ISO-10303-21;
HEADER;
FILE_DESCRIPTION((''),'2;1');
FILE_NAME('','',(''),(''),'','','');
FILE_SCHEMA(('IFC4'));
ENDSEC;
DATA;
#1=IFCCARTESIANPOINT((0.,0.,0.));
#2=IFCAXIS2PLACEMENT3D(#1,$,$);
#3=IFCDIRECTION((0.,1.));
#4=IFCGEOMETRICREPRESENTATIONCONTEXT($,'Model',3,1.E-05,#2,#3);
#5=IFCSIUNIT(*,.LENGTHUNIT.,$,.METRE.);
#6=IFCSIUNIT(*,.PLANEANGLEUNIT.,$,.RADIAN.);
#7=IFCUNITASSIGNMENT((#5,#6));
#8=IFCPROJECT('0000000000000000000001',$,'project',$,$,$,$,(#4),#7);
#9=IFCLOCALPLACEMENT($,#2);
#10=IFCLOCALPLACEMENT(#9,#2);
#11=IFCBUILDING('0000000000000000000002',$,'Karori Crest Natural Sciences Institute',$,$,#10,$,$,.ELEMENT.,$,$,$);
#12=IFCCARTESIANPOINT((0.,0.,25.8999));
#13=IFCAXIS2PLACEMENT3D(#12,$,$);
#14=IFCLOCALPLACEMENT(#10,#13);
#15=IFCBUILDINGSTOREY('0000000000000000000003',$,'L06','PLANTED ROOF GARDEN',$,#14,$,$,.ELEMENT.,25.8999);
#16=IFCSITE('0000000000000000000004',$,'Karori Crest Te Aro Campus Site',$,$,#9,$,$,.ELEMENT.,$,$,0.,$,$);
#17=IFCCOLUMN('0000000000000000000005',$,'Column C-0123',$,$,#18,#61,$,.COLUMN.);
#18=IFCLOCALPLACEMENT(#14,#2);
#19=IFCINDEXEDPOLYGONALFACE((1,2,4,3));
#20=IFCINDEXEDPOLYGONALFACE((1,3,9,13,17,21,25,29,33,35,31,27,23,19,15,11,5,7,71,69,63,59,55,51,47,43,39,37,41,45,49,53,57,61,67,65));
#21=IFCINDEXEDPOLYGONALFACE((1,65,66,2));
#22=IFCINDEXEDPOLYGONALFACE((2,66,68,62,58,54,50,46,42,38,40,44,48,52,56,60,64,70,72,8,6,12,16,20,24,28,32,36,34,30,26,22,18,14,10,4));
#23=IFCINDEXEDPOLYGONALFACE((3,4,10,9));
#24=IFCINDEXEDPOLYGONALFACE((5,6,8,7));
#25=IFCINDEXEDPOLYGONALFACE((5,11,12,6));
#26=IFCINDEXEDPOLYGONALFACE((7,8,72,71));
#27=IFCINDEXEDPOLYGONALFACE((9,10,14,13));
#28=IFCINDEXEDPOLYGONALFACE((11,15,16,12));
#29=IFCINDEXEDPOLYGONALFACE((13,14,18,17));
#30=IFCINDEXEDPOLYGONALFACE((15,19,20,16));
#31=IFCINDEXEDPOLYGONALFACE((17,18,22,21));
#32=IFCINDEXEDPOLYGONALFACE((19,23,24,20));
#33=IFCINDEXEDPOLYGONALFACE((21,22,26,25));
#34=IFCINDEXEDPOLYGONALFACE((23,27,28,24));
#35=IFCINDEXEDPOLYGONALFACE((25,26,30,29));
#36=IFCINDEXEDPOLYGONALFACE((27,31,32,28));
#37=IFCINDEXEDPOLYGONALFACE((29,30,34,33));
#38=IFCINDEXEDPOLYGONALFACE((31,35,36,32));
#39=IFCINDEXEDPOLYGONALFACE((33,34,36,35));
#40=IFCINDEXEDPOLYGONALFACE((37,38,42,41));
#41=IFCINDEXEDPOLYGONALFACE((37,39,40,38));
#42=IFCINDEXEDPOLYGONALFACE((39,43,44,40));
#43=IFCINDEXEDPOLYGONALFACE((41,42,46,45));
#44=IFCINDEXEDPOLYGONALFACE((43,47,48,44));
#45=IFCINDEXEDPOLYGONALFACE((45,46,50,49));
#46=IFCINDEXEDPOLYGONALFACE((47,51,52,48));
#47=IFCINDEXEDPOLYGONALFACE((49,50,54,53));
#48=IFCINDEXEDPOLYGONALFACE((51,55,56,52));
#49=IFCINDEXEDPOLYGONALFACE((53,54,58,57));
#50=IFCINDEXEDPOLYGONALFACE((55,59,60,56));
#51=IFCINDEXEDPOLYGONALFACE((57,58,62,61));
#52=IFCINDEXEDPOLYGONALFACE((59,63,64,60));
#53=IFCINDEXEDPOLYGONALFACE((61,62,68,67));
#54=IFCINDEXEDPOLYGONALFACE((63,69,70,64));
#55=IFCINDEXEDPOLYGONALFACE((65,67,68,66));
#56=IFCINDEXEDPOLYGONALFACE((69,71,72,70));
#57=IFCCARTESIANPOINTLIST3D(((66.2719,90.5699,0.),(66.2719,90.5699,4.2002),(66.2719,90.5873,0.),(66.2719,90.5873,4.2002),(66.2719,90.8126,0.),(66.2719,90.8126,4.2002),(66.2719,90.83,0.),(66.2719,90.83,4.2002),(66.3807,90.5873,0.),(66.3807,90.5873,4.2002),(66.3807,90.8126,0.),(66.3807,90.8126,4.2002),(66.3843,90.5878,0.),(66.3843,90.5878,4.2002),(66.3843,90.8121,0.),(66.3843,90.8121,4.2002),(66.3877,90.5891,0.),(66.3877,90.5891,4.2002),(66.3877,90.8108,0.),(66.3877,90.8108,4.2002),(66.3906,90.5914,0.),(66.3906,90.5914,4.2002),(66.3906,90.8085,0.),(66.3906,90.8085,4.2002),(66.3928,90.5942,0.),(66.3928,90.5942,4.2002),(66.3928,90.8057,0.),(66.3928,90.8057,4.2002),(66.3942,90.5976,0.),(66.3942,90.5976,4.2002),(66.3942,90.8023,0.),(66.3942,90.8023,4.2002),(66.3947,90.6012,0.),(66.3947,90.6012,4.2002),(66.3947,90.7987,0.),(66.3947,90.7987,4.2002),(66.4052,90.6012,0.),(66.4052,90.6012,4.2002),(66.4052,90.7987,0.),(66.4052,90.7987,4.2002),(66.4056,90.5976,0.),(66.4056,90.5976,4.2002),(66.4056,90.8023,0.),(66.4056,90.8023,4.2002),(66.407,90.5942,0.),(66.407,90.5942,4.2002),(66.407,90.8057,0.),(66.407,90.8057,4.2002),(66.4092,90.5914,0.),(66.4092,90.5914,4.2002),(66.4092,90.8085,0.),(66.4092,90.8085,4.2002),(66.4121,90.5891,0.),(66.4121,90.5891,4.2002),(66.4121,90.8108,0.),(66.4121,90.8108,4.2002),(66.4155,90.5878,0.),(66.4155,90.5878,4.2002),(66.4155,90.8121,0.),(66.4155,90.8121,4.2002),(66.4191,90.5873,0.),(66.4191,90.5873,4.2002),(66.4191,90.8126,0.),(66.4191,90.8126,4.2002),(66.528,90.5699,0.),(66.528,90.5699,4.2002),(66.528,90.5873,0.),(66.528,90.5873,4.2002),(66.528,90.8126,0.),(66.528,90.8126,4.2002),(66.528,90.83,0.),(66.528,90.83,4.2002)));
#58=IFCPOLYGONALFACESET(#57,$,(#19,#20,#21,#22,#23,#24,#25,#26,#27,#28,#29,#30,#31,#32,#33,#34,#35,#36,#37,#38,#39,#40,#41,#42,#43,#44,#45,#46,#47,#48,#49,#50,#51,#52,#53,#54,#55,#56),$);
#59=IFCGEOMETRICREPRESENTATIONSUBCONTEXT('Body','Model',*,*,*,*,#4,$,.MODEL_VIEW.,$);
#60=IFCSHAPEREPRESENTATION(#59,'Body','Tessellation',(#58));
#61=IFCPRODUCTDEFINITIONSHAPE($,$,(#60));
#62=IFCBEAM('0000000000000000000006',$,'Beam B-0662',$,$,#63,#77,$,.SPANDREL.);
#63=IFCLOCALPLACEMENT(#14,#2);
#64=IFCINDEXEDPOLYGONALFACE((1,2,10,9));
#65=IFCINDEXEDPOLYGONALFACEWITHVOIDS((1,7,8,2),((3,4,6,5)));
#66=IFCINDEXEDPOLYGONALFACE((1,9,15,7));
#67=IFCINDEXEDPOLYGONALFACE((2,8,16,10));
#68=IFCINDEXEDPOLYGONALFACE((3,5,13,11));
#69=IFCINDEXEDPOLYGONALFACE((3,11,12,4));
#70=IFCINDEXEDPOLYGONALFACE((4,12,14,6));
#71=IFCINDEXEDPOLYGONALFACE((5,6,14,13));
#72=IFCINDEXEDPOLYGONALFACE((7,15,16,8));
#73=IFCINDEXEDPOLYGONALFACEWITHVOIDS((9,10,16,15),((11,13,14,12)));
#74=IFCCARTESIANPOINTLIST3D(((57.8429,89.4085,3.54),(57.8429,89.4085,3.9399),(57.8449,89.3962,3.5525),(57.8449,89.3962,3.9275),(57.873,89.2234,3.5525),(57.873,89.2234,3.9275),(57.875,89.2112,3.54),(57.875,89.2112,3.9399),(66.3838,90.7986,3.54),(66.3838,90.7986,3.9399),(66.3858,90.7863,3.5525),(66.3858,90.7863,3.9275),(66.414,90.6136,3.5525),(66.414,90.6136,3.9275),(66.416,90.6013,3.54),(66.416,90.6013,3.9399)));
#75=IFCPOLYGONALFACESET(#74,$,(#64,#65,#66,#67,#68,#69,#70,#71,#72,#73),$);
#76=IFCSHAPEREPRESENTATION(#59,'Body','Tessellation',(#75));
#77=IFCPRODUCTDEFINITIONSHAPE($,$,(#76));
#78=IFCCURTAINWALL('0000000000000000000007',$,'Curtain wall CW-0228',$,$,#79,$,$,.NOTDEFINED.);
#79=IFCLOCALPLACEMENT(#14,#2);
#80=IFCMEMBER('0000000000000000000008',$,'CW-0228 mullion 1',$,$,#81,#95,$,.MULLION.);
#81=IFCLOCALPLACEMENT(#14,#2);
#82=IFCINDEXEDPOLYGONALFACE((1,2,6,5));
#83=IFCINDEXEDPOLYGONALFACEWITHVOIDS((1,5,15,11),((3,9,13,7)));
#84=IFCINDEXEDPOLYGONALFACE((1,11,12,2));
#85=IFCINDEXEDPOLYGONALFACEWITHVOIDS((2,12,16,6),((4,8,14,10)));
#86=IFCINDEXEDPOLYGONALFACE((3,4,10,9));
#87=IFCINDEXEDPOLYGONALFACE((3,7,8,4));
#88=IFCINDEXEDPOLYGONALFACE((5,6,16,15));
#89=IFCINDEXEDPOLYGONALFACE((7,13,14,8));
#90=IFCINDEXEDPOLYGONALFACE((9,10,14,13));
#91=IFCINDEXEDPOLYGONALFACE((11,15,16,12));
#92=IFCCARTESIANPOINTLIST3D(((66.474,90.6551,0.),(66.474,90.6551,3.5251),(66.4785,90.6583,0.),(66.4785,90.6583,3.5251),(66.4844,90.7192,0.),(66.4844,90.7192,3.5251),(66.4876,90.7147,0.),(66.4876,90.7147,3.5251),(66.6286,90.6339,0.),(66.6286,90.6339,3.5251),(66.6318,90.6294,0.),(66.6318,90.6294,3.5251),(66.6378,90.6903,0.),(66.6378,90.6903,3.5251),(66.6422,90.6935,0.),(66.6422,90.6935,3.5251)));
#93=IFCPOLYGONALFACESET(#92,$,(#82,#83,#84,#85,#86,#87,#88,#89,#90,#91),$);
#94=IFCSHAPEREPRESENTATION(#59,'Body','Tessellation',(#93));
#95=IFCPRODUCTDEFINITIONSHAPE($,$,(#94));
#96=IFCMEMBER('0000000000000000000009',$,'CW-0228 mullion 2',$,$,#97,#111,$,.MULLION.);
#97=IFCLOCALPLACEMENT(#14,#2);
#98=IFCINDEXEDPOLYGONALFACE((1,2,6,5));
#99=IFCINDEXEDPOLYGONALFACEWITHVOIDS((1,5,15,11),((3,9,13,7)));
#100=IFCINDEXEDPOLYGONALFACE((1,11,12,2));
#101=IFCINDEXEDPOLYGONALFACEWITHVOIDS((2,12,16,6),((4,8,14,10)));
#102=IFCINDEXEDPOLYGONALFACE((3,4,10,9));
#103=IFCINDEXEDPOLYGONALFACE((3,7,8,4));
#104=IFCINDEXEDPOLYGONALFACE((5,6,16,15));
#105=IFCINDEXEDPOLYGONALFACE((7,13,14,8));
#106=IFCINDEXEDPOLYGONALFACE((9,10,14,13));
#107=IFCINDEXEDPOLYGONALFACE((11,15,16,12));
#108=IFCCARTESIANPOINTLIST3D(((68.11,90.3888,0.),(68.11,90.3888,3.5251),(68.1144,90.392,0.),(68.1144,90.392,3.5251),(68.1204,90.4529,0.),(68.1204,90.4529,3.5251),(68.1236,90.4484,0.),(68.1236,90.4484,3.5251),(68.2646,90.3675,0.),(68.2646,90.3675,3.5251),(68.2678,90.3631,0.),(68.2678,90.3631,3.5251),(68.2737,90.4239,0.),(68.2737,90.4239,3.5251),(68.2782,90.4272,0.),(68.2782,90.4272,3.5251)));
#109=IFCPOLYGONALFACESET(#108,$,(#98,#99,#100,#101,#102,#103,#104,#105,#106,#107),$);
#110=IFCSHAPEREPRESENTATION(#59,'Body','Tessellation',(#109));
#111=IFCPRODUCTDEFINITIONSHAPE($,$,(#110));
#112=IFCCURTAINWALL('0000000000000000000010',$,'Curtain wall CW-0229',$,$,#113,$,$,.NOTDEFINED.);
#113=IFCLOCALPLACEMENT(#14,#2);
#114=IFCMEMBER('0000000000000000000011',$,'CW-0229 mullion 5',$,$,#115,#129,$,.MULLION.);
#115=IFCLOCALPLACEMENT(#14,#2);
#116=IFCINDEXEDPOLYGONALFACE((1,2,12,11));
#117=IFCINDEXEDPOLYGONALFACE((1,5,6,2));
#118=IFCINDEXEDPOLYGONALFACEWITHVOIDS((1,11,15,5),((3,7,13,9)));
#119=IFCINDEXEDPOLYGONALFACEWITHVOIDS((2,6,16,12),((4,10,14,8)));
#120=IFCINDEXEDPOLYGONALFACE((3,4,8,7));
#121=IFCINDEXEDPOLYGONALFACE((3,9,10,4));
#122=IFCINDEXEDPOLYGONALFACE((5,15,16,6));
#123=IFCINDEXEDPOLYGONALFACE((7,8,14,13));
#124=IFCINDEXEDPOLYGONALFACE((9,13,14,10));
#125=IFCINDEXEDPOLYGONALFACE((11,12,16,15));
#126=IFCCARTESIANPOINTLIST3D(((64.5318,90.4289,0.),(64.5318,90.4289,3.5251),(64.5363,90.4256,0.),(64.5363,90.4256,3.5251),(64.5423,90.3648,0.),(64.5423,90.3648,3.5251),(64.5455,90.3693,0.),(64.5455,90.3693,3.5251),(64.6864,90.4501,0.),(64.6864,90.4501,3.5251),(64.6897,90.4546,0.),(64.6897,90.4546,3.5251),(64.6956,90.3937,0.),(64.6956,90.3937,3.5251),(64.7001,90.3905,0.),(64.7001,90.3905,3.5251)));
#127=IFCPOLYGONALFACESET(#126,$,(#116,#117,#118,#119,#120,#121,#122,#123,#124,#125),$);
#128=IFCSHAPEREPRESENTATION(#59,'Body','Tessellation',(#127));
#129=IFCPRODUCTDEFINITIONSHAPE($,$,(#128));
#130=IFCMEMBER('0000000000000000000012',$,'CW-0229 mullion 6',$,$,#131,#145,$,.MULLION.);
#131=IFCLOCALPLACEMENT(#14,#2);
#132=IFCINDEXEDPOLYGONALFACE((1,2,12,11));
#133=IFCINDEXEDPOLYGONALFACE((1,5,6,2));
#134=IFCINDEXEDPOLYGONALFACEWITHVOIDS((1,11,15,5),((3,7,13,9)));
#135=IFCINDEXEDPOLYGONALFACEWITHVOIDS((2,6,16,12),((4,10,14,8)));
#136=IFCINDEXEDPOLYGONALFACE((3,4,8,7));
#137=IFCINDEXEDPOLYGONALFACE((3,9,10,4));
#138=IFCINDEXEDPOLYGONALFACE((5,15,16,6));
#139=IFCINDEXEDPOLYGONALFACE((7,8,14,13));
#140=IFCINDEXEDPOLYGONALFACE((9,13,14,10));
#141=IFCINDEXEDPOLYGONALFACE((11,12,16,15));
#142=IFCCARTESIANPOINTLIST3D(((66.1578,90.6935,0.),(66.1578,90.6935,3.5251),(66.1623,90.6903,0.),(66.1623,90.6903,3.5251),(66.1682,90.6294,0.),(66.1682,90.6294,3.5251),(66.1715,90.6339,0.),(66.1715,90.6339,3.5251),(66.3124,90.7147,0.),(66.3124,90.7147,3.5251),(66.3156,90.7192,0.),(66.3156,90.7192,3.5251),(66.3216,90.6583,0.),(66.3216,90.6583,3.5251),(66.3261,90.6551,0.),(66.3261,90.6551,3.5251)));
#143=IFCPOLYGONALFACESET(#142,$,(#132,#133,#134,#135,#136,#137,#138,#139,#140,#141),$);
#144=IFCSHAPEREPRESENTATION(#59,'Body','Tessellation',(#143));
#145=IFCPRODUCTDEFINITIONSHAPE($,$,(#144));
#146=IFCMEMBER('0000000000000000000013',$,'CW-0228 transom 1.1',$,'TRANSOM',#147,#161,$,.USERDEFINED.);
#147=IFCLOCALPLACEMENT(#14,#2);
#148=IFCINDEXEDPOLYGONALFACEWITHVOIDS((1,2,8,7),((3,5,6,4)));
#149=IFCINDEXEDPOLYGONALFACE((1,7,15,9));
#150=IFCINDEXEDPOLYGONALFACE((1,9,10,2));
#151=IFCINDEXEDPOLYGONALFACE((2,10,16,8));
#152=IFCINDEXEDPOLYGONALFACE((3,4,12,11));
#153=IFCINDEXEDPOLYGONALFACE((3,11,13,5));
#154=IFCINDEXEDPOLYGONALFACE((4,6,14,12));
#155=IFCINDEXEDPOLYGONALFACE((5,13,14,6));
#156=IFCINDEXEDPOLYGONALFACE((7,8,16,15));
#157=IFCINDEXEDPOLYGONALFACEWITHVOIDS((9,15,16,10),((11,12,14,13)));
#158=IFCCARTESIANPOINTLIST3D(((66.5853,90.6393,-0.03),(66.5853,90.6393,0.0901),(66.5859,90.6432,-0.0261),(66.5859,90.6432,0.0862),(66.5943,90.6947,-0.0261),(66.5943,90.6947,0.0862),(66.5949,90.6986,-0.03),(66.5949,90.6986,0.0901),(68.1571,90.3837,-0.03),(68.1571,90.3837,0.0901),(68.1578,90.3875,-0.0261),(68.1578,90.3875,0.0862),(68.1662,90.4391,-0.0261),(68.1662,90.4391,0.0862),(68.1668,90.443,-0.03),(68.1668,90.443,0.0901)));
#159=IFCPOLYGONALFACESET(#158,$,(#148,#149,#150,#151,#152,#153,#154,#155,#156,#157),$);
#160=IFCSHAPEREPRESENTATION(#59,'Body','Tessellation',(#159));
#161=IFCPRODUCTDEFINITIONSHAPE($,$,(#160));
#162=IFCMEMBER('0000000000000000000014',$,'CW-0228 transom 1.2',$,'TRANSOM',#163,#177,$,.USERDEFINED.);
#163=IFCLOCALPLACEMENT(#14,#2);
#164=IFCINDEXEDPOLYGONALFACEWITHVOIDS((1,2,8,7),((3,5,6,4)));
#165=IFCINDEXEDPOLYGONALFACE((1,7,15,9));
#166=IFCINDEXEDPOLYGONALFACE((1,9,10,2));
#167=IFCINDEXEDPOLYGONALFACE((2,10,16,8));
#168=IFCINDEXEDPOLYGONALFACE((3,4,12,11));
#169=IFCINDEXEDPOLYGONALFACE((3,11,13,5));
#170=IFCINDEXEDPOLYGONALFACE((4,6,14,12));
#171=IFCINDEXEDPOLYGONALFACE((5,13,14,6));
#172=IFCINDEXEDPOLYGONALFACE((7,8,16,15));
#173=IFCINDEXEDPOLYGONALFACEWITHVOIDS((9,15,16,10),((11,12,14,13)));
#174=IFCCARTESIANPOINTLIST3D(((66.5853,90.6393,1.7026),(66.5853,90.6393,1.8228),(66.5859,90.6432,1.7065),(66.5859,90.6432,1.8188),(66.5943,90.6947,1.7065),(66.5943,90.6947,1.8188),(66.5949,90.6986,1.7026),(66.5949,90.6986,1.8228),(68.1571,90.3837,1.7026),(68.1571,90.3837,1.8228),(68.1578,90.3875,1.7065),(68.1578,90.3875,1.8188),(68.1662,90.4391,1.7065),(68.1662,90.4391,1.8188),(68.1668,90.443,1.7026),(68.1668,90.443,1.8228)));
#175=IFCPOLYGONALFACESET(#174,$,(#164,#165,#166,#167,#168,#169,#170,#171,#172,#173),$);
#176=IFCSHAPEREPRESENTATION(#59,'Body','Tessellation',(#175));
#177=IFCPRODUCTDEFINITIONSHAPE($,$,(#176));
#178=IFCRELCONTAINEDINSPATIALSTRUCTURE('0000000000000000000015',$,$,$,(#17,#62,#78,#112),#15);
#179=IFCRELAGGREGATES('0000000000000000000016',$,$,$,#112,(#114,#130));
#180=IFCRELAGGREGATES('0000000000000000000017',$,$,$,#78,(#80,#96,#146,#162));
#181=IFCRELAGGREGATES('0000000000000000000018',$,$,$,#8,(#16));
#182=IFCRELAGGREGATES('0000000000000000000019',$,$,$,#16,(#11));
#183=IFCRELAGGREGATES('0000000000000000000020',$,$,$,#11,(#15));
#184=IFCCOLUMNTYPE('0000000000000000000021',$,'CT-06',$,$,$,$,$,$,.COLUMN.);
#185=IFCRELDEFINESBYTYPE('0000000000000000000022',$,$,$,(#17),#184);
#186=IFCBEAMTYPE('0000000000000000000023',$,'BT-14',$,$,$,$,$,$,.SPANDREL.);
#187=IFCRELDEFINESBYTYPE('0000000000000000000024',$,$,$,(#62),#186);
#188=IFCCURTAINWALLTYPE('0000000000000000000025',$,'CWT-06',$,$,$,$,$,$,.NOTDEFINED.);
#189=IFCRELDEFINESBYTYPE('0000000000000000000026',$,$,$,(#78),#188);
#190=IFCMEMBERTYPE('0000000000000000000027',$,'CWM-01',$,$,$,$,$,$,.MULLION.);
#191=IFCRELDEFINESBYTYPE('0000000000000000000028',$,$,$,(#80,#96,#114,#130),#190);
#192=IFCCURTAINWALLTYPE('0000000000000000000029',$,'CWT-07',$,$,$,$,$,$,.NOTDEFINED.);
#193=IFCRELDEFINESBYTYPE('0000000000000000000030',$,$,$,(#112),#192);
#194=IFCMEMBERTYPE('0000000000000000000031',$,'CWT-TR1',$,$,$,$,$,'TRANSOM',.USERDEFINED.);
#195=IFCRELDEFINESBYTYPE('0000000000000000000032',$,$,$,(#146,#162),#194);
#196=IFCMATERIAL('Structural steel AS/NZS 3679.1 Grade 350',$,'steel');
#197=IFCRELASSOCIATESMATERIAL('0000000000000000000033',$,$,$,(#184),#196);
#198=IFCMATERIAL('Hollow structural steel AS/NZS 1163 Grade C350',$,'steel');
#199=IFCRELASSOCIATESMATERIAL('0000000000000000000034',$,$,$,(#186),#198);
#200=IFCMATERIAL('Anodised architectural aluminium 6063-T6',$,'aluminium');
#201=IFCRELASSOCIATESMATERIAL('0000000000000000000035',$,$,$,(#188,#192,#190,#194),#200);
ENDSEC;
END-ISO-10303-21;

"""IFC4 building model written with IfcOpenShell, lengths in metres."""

from ifc_helpers import new_model, si_unit, direction, frame, origin, origin_2d, place, context, subcontext, project, spatial, hollow_rectangle, i_section, extrude, material, material_profile, profile_set, type_object, element, aggregate, save


model = new_model("IFC4")

# Units and contexts
model_context = context("Model", 3, precision=1e-05, world=origin(), true_north=direction((0.0, 1.0)))
body_context = subcontext(model_context, "Body", "Model", "MODEL_VIEW")
ifc_project = project(units=[si_unit("LENGTHUNIT", "METRE"), si_unit("PLANEANGLEUNIT", "RADIAN")], contexts=[model_context])

# Site, building, storey
site_placement = place(None, origin())
site = spatial("IfcSite", under=ifc_project, at=site_placement, Name="Karori Crest Te Aro Campus Site", CompositionType="ELEMENT", RefElevation=0.0)
building_placement = place(site_placement, origin())
building = spatial("IfcBuilding", under=site, at=building_placement, Name="Karori Crest Natural Sciences Institute", CompositionType="ELEMENT")
storey_placement = place(building_placement, frame((0.0, 0.0, 25.8999)))
storey = spatial("IfcBuildingStorey", under=building, at=storey_placement, Name="L06", Description="PLANTED ROOF GARDEN", CompositionType="ELEMENT", Elevation=25.8999)

# Column
ifc_material_1 = material(Name="Structural steel AS/NZS 3679.1 Grade 350", Category="steel")
ifc_material_profile_1 = material_profile(ifc_material_1, i_section(OverallWidth=0.2561, OverallDepth=0.26, WebThickness=0.0105, FlangeThickness=0.0173, FilletRadius=0.0139, at=origin_2d()), Name="250UC89.5")
ifc_profile_set_1 = profile_set([ifc_material_profile_1], Name="Structural steel AS/NZS 3679.1 Grade 350")
column_type = type_object("IfcColumnType", Name="CT-06", PredefinedType="COLUMN", material=ifc_profile_set_1)
column_placement = place(storey_placement, frame((66.3999, 90.7, 0.0), z_axis=(0.0, 0.0, 1.0), x_axis=(1.0, 0.0, 0.0)))
element("IfcColumn", 1, at=column_placement, inside=storey, type_object=column_type, Name="Column C-0123", PredefinedType="COLUMN", context=body_context, shape_type="SweptSolid", body=[
    extrude(i_section(OverallWidth=0.2561, OverallDepth=0.26, WebThickness=0.0105, FlangeThickness=0.0173, FilletRadius=0.0139, at=origin_2d()), origin(), (0.0, 0.0, 1.0), 4.2002),
])

# Beam
ifc_material_2 = material(Name="Hollow structural steel AS/NZS 1163 Grade C350", Category="steel")
ifc_material_profile_2 = material_profile(ifc_material_2, hollow_rectangle(XDim=0.2, YDim=0.3999, WallThickness=0.0125, at=origin_2d()), Name="RHS400x200x12.5")
ifc_profile_set_2 = profile_set([ifc_material_profile_2], Name="Hollow structural steel AS/NZS 1163 Grade C350")
beam_type = type_object("IfcBeamType", Name="BT-14", PredefinedType="SPANDREL", material=ifc_profile_set_2)
beam_placement = place(storey_placement, frame((66.3999, 90.7, 3.74), z_axis=(-0.987012, -0.160646, 0.0), x_axis=(0.160646, -0.987012, 0.0)))
element("IfcBeam", 2, at=beam_placement, inside=storey, type_object=beam_type, Name="Beam B-0662", PredefinedType="SPANDREL", context=body_context, shape_type="SweptSolid", body=[
    extrude(hollow_rectangle(XDim=0.2, YDim=0.3999, WallThickness=0.0125, at=origin_2d()), origin(), (0.0, 0.0, 1.0), 8.6533),
])

# Curtain walls, members
ifc_material_3 = material(Name="Anodised architectural aluminium 6063-T6", Category="aluminium")
curtain_wall_type_1 = type_object("IfcCurtainWallType", Name="CWT-06", PredefinedType="NOTDEFINED", material=ifc_material_3)
curtain_wall_1_placement = place(storey_placement, origin())
curtain_wall_1 = element("IfcCurtainWall", 3, at=curtain_wall_1_placement, inside=storey, type_object=curtain_wall_type_1, Name="Curtain wall CW-0228", PredefinedType="NOTDEFINED")
ifc_material_profile_3 = material_profile(ifc_material_3, hollow_rectangle(XDim=0.0649, YDim=0.1599, WallThickness=0.0039, at=origin_2d()), Name="CWM160x65x4")
ifc_profile_set_3 = profile_set([ifc_material_profile_3], Name="Anodised architectural aluminium 6063-T6")
member_type_1 = type_object("IfcMemberType", Name="CWM-01", PredefinedType="MULLION", material=ifc_profile_set_3)
member_1_placement = place(storey_placement, frame((66.5581, 90.6743, 0.0), z_axis=(0.0, 0.0, 1.0), x_axis=(0.160655, 0.987011, 0.0)))
member_1 = element("IfcMember", 4, at=member_1_placement, type_object=member_type_1, Name="CW-0228 mullion 1", PredefinedType="MULLION", context=body_context, shape_type="SweptSolid", body=[
    extrude(hollow_rectangle(XDim=0.0649, YDim=0.1599, WallThickness=0.0039, at=origin_2d()), origin(), (0.0, 0.0, 1.0), 3.5251),
])
member_2_placement = place(storey_placement, frame((68.1941, 90.408, 0.0), z_axis=(0.0, 0.0, 1.0), x_axis=(0.160655, 0.987011, 0.0)))
member_2 = element("IfcMember", 5, at=member_2_placement, type_object=member_type_1, Name="CW-0228 mullion 2", PredefinedType="MULLION", context=body_context, shape_type="SweptSolid", body=[
    extrude(hollow_rectangle(XDim=0.0649, YDim=0.1599, WallThickness=0.0039, at=origin_2d()), origin(), (0.0, 0.0, 1.0), 3.5251),
])
curtain_wall_type_2 = type_object("IfcCurtainWallType", Name="CWT-07", PredefinedType="NOTDEFINED", material=ifc_material_3)
curtain_wall_2_placement = place(storey_placement, origin())
curtain_wall_2 = element("IfcCurtainWall", 6, at=curtain_wall_2_placement, inside=storey, type_object=curtain_wall_type_2, Name="Curtain wall CW-0229", PredefinedType="NOTDEFINED")
member_3_placement = place(storey_placement, frame((64.616, 90.4097, 0.0), z_axis=(0.0, 0.0, 1.0), x_axis=(-0.16065, 0.987011, 0.0)))
member_3 = element("IfcMember", 7, at=member_3_placement, type_object=member_type_1, Name="CW-0229 mullion 5", PredefinedType="MULLION", context=body_context, shape_type="SweptSolid", body=[
    extrude(hollow_rectangle(XDim=0.0649, YDim=0.1599, WallThickness=0.0039, at=origin_2d()), origin(), (0.0, 0.0, 1.0), 3.5251),
])
member_4_placement = place(storey_placement, frame((66.2419, 90.6743, 0.0), z_axis=(0.0, 0.0, 1.0), x_axis=(-0.16065, 0.987011, 0.0)))
member_4 = element("IfcMember", 8, at=member_4_placement, type_object=member_type_1, Name="CW-0229 mullion 6", PredefinedType="MULLION", context=body_context, shape_type="SweptSolid", body=[
    extrude(hollow_rectangle(XDim=0.0649, YDim=0.1599, WallThickness=0.0039, at=origin_2d()), origin(), (0.0, 0.0, 1.0), 3.5251),
])

# Members
ifc_material_profile_4 = material_profile(ifc_material_3, hollow_rectangle(XDim=0.0601, YDim=0.1201, WallThickness=0.0039, at=origin_2d()), Name="CWT120x60x4")
ifc_profile_set_4 = profile_set([ifc_material_profile_4], Name="Anodised architectural aluminium 6063-T6")
member_type_2 = type_object("IfcMemberType", Name="CWT-TR1", ElementType="TRANSOM", PredefinedType="USERDEFINED", material=ifc_profile_set_4)
member_5_placement = place(storey_placement, frame((66.5901, 90.6689, 0.03), z_axis=(0.987033, -0.160519, 0.0), x_axis=(0.160519, 0.987033, 0.0)))
member_5 = element("IfcMember", 9, at=member_5_placement, type_object=member_type_2, Name="CW-0228 transom 1.1", ObjectType="TRANSOM", PredefinedType="USERDEFINED", context=body_context, shape_type="SweptSolid", body=[
    extrude(hollow_rectangle(XDim=0.0601, YDim=0.1201, WallThickness=0.0039, at=origin_2d()), origin(), (0.0, 0.0, 1.0), 1.5925),
])
member_6_placement = place(storey_placement, frame((66.5901, 90.6689, 1.7627), z_axis=(0.987033, -0.160519, 0.0), x_axis=(0.160519, 0.987033, 0.0)))
member_6 = element("IfcMember", 10, at=member_6_placement, type_object=member_type_2, Name="CW-0228 transom 1.2", ObjectType="TRANSOM", PredefinedType="USERDEFINED", context=body_context, shape_type="SweptSolid", body=[
    extrude(hollow_rectangle(XDim=0.0601, YDim=0.1201, WallThickness=0.0039, at=origin_2d()), origin(), (0.0, 0.0, 1.0), 1.5925),
])

aggregate(curtain_wall_2, [member_3, member_4])
aggregate(curtain_wall_1, [member_1, member_2, member_5, member_6])

save(model, "model.ifc")
